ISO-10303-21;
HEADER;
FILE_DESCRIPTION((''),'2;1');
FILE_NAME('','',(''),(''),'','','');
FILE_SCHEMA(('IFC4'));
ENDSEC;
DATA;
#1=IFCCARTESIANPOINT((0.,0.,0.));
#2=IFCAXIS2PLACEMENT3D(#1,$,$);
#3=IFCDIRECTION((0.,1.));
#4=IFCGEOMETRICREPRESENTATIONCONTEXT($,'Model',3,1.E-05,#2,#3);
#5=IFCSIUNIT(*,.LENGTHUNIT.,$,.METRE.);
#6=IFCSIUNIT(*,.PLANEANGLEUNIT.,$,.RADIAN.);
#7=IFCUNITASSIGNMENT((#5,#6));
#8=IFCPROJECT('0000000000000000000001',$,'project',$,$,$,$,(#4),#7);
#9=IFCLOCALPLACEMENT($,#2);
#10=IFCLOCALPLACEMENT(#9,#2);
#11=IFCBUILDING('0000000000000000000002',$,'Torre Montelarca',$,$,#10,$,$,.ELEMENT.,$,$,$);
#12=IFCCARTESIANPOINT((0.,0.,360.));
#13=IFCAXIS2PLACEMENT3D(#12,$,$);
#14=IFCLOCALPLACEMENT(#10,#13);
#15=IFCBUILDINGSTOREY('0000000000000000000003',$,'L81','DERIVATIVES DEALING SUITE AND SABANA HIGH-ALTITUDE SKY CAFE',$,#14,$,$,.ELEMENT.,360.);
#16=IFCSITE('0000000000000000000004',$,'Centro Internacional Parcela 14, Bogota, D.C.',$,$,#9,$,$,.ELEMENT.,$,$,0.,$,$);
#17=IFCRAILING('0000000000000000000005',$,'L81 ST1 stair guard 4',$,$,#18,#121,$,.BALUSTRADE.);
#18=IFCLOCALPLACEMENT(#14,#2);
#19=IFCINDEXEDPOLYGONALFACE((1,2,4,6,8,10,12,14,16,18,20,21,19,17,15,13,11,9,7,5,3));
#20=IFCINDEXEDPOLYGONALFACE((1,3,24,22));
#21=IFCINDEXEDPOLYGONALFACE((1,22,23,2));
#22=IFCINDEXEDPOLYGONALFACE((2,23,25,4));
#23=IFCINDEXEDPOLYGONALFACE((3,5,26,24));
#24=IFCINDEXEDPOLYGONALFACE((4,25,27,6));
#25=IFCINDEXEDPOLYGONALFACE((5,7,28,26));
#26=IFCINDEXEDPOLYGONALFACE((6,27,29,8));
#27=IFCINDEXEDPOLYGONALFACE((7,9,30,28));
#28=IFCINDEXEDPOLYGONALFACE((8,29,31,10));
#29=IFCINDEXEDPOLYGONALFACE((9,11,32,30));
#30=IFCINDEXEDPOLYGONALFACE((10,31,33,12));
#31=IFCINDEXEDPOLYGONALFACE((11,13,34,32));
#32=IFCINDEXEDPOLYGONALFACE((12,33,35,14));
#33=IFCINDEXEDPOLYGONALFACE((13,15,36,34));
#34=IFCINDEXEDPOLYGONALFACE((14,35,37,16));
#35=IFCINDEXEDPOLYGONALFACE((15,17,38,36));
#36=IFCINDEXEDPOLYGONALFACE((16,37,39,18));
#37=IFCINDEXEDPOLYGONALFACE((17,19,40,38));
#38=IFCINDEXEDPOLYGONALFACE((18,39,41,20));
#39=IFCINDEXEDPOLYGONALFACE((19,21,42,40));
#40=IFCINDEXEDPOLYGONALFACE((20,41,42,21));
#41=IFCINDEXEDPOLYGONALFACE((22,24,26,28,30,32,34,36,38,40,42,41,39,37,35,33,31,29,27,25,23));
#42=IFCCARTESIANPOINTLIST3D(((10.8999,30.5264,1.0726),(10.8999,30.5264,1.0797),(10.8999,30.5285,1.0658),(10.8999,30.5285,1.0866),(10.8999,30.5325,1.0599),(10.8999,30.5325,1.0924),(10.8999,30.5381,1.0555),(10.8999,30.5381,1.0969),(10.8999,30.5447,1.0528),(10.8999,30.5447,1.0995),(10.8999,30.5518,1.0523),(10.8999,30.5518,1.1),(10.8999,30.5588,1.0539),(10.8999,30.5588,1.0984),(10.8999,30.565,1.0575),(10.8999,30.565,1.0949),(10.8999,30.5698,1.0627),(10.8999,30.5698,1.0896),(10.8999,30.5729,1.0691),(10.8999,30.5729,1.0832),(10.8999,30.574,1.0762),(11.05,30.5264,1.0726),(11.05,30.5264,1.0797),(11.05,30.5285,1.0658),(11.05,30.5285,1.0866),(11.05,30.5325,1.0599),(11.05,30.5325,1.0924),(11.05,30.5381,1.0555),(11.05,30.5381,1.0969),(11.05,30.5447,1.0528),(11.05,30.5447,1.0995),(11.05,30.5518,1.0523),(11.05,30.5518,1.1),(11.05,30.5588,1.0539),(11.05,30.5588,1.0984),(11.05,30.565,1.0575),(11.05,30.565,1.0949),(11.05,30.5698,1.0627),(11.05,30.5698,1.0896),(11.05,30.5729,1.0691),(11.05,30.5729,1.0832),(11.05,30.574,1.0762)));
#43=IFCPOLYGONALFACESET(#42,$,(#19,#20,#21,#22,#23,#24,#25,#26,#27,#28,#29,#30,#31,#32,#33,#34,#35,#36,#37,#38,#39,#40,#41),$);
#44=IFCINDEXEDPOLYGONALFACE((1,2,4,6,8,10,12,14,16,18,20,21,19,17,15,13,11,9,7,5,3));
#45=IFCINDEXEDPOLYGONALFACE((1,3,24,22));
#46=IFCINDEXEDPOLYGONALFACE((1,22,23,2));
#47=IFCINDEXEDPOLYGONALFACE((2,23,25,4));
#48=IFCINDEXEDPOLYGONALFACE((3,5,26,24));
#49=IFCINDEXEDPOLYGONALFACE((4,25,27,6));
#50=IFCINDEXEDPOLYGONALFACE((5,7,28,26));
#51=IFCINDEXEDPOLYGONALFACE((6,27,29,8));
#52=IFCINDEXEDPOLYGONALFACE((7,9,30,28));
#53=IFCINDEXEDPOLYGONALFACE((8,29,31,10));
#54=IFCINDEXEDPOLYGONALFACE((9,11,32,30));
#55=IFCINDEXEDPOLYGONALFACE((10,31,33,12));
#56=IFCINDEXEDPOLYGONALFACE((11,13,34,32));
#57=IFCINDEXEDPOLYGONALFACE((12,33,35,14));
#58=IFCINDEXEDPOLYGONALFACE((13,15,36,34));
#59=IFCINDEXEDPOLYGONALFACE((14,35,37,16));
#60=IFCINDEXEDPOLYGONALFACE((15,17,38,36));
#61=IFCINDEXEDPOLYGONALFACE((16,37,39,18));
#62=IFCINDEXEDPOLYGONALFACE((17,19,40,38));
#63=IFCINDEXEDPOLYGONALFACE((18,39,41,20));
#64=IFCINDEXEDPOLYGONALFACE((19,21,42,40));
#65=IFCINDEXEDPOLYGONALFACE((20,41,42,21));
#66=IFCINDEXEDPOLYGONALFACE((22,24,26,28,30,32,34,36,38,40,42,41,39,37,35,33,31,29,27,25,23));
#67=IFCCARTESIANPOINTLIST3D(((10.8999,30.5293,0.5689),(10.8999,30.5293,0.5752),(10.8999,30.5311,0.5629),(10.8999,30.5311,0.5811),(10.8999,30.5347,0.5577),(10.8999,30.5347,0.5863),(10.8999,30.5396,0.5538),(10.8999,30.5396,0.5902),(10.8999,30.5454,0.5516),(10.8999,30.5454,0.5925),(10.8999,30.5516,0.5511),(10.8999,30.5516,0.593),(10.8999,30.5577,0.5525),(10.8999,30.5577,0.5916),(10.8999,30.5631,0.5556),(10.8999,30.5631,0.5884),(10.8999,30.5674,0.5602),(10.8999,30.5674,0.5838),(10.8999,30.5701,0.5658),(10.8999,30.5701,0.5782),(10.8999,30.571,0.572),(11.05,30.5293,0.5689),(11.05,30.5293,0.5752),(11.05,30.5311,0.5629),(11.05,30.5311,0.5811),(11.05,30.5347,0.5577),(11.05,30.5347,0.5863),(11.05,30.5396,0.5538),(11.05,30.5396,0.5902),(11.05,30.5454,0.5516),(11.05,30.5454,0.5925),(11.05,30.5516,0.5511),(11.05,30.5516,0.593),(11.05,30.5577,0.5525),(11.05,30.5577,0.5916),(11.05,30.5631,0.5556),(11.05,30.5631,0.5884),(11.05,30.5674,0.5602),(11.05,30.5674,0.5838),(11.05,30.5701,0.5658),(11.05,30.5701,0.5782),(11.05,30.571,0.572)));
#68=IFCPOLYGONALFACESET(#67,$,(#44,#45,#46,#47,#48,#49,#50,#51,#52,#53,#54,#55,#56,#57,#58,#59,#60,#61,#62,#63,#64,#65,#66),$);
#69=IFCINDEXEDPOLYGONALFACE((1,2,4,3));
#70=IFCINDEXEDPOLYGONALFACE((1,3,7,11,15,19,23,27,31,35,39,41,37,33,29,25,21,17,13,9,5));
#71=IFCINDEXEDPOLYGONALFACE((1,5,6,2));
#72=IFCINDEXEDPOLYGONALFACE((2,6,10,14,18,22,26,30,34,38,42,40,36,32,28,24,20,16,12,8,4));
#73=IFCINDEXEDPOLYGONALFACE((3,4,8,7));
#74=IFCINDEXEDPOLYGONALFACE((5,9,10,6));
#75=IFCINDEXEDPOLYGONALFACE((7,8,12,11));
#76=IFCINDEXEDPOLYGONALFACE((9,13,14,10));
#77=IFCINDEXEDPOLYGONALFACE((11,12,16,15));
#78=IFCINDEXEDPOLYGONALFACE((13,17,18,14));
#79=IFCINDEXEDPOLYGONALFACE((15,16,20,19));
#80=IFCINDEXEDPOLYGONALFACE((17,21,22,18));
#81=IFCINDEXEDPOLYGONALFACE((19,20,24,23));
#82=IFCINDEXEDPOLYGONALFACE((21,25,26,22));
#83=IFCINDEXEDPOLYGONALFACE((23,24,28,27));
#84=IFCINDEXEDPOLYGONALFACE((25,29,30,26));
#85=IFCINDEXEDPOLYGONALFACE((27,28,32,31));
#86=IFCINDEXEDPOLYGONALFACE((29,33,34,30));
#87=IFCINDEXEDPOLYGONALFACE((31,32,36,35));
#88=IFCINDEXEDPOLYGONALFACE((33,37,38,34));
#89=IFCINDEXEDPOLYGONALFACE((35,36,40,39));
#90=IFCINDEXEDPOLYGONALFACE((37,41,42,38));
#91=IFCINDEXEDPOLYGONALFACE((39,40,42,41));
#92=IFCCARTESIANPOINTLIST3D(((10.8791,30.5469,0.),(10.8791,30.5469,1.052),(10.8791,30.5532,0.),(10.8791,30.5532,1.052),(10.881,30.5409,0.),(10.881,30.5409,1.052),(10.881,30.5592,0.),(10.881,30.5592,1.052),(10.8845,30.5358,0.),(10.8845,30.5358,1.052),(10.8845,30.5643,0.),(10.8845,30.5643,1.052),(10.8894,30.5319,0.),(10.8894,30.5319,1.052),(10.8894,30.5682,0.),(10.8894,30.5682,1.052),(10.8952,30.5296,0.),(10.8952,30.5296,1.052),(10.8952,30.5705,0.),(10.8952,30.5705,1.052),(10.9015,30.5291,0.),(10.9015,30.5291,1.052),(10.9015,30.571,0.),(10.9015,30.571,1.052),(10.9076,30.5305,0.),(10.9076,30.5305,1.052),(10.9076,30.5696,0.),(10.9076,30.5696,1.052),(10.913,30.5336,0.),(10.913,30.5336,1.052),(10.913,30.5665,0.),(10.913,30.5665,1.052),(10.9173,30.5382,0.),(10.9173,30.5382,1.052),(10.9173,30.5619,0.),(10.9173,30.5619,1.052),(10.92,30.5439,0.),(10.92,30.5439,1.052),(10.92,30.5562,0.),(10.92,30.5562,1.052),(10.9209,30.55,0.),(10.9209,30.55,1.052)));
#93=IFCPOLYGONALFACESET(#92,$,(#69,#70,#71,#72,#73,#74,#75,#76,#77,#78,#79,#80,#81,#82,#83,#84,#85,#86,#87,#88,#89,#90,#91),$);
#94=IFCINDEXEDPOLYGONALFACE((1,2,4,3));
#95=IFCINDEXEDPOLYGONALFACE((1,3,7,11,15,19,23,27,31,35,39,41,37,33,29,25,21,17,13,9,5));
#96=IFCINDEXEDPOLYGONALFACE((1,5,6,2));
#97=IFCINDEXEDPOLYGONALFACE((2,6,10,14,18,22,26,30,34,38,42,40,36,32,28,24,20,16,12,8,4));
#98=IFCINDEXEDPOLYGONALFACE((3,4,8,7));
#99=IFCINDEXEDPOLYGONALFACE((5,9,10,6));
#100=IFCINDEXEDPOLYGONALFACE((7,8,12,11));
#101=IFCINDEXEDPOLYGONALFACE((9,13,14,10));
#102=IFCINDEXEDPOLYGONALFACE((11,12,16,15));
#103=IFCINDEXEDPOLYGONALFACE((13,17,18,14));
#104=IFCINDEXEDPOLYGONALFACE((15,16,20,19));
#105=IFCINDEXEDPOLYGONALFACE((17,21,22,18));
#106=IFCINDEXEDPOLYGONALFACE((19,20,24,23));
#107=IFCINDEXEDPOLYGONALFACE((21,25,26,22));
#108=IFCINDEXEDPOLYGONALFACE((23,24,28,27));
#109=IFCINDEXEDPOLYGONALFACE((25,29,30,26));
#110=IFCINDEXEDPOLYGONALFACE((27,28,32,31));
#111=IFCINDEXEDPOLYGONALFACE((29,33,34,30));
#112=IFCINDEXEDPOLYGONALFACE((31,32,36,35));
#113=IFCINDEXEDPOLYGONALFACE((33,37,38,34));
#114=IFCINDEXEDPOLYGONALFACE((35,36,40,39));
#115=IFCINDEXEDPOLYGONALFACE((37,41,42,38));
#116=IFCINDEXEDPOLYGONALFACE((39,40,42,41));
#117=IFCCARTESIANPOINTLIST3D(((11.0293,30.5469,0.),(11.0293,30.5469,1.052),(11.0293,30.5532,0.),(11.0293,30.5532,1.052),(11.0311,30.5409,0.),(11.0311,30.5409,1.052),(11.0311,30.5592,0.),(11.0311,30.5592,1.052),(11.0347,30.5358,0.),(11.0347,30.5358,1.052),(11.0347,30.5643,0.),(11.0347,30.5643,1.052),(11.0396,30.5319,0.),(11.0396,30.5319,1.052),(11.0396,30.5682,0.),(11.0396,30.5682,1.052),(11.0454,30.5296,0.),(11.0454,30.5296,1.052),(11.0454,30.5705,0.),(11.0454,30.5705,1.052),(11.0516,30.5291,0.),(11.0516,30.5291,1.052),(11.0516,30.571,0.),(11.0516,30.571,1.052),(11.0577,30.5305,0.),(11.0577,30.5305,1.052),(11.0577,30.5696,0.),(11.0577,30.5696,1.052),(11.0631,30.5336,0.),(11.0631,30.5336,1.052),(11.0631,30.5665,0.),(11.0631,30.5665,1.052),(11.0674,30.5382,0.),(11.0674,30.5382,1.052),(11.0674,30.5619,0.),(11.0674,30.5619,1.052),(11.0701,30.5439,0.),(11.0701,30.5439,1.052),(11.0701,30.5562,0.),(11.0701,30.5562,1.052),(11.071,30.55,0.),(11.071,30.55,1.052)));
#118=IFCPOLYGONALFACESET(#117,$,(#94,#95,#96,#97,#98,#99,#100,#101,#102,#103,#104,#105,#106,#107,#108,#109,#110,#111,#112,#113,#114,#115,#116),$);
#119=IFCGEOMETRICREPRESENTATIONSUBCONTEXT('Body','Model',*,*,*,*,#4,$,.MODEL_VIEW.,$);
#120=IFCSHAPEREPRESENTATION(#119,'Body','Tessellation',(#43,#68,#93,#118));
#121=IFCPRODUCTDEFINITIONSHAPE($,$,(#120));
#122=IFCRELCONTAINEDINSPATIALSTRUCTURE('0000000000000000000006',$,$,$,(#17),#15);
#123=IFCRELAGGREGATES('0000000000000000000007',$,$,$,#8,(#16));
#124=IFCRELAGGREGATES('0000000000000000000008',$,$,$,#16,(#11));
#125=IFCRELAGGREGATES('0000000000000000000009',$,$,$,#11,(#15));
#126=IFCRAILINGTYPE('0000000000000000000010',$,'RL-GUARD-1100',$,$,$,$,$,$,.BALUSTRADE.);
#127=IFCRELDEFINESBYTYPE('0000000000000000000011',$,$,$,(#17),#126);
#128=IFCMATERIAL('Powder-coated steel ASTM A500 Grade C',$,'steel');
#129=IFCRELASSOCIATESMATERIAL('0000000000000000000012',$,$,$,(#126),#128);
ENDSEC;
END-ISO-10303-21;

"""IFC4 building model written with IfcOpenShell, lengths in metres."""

from ifc_helpers import new_model, si_unit, direction, frame, origin, origin_2d, place, context, subcontext, project, spatial, circle, extrude, material, type_object, element, save


model = new_model("IFC4")

# Units and contexts
model_context = context("Model", 3, precision=1e-05, world=origin(), true_north=direction((0.0, 1.0)))
body_context = subcontext(model_context, "Body", "Model", "MODEL_VIEW")
ifc_project = project(units=[si_unit("LENGTHUNIT", "METRE"), si_unit("PLANEANGLEUNIT", "RADIAN")], contexts=[model_context])

# Site, building, storey
site_placement = place(None, origin())
site = spatial("IfcSite", under=ifc_project, at=site_placement, Name="Centro Internacional Parcela 14, Bogota, D.C.", CompositionType="ELEMENT", RefElevation=0.0)
building_placement = place(site_placement, origin())
building = spatial("IfcBuilding", under=site, at=building_placement, Name="Torre Montelarca", CompositionType="ELEMENT")
storey_placement = place(building_placement, frame((0.0, 0.0, 360.0)))
storey = spatial("IfcBuildingStorey", under=building, at=storey_placement, Name="L81", Description="DERIVATIVES DEALING SUITE AND SABANA HIGH-ALTITUDE SKY CAFE", CompositionType="ELEMENT", Elevation=360.0)

# Railing
ifc_material_1 = material(Name="Powder-coated steel ASTM A500 Grade C", Category="steel")
railing_type_1 = type_object("IfcRailingType", Name="RL-GUARD-1100", PredefinedType="BALUSTRADE", material=ifc_material_1)
railing_1_placement = place(storey_placement, frame((10.8999, 30.55, 0.0)))
element("IfcRailing", 1, at=railing_1_placement, inside=storey, type_object=railing_type_1, Name="L81 ST1 stair guard 4", PredefinedType="BALUSTRADE", context=body_context, shape_type="SweptSolid", body=[
    extrude(circle(Radius=0.0239, at=origin_2d()), frame((0.0, 0.0, 1.0762), z_axis=(1.0, 0.0, 0.0), x_axis=(0.0, 1.0, 0.0)), (0.0, 0.0, 1.0), 0.1501),
    extrude(circle(Radius=0.021, at=origin_2d()), frame((0.0, 0.0, 0.572), z_axis=(1.0, 0.0, 0.0), x_axis=(0.0, 1.0, 0.0)), (0.0, 0.0, 1.0), 0.1501),
    extrude(circle(Radius=0.021, at=origin_2d()), origin(), (0.0, 0.0, 1.0), 1.052),
    extrude(circle(Radius=0.021, at=origin_2d()), frame((0.1501, 0.0, 0.0)), (0.0, 0.0, 1.0), 1.052),
])

save(model, "model.ifc")
